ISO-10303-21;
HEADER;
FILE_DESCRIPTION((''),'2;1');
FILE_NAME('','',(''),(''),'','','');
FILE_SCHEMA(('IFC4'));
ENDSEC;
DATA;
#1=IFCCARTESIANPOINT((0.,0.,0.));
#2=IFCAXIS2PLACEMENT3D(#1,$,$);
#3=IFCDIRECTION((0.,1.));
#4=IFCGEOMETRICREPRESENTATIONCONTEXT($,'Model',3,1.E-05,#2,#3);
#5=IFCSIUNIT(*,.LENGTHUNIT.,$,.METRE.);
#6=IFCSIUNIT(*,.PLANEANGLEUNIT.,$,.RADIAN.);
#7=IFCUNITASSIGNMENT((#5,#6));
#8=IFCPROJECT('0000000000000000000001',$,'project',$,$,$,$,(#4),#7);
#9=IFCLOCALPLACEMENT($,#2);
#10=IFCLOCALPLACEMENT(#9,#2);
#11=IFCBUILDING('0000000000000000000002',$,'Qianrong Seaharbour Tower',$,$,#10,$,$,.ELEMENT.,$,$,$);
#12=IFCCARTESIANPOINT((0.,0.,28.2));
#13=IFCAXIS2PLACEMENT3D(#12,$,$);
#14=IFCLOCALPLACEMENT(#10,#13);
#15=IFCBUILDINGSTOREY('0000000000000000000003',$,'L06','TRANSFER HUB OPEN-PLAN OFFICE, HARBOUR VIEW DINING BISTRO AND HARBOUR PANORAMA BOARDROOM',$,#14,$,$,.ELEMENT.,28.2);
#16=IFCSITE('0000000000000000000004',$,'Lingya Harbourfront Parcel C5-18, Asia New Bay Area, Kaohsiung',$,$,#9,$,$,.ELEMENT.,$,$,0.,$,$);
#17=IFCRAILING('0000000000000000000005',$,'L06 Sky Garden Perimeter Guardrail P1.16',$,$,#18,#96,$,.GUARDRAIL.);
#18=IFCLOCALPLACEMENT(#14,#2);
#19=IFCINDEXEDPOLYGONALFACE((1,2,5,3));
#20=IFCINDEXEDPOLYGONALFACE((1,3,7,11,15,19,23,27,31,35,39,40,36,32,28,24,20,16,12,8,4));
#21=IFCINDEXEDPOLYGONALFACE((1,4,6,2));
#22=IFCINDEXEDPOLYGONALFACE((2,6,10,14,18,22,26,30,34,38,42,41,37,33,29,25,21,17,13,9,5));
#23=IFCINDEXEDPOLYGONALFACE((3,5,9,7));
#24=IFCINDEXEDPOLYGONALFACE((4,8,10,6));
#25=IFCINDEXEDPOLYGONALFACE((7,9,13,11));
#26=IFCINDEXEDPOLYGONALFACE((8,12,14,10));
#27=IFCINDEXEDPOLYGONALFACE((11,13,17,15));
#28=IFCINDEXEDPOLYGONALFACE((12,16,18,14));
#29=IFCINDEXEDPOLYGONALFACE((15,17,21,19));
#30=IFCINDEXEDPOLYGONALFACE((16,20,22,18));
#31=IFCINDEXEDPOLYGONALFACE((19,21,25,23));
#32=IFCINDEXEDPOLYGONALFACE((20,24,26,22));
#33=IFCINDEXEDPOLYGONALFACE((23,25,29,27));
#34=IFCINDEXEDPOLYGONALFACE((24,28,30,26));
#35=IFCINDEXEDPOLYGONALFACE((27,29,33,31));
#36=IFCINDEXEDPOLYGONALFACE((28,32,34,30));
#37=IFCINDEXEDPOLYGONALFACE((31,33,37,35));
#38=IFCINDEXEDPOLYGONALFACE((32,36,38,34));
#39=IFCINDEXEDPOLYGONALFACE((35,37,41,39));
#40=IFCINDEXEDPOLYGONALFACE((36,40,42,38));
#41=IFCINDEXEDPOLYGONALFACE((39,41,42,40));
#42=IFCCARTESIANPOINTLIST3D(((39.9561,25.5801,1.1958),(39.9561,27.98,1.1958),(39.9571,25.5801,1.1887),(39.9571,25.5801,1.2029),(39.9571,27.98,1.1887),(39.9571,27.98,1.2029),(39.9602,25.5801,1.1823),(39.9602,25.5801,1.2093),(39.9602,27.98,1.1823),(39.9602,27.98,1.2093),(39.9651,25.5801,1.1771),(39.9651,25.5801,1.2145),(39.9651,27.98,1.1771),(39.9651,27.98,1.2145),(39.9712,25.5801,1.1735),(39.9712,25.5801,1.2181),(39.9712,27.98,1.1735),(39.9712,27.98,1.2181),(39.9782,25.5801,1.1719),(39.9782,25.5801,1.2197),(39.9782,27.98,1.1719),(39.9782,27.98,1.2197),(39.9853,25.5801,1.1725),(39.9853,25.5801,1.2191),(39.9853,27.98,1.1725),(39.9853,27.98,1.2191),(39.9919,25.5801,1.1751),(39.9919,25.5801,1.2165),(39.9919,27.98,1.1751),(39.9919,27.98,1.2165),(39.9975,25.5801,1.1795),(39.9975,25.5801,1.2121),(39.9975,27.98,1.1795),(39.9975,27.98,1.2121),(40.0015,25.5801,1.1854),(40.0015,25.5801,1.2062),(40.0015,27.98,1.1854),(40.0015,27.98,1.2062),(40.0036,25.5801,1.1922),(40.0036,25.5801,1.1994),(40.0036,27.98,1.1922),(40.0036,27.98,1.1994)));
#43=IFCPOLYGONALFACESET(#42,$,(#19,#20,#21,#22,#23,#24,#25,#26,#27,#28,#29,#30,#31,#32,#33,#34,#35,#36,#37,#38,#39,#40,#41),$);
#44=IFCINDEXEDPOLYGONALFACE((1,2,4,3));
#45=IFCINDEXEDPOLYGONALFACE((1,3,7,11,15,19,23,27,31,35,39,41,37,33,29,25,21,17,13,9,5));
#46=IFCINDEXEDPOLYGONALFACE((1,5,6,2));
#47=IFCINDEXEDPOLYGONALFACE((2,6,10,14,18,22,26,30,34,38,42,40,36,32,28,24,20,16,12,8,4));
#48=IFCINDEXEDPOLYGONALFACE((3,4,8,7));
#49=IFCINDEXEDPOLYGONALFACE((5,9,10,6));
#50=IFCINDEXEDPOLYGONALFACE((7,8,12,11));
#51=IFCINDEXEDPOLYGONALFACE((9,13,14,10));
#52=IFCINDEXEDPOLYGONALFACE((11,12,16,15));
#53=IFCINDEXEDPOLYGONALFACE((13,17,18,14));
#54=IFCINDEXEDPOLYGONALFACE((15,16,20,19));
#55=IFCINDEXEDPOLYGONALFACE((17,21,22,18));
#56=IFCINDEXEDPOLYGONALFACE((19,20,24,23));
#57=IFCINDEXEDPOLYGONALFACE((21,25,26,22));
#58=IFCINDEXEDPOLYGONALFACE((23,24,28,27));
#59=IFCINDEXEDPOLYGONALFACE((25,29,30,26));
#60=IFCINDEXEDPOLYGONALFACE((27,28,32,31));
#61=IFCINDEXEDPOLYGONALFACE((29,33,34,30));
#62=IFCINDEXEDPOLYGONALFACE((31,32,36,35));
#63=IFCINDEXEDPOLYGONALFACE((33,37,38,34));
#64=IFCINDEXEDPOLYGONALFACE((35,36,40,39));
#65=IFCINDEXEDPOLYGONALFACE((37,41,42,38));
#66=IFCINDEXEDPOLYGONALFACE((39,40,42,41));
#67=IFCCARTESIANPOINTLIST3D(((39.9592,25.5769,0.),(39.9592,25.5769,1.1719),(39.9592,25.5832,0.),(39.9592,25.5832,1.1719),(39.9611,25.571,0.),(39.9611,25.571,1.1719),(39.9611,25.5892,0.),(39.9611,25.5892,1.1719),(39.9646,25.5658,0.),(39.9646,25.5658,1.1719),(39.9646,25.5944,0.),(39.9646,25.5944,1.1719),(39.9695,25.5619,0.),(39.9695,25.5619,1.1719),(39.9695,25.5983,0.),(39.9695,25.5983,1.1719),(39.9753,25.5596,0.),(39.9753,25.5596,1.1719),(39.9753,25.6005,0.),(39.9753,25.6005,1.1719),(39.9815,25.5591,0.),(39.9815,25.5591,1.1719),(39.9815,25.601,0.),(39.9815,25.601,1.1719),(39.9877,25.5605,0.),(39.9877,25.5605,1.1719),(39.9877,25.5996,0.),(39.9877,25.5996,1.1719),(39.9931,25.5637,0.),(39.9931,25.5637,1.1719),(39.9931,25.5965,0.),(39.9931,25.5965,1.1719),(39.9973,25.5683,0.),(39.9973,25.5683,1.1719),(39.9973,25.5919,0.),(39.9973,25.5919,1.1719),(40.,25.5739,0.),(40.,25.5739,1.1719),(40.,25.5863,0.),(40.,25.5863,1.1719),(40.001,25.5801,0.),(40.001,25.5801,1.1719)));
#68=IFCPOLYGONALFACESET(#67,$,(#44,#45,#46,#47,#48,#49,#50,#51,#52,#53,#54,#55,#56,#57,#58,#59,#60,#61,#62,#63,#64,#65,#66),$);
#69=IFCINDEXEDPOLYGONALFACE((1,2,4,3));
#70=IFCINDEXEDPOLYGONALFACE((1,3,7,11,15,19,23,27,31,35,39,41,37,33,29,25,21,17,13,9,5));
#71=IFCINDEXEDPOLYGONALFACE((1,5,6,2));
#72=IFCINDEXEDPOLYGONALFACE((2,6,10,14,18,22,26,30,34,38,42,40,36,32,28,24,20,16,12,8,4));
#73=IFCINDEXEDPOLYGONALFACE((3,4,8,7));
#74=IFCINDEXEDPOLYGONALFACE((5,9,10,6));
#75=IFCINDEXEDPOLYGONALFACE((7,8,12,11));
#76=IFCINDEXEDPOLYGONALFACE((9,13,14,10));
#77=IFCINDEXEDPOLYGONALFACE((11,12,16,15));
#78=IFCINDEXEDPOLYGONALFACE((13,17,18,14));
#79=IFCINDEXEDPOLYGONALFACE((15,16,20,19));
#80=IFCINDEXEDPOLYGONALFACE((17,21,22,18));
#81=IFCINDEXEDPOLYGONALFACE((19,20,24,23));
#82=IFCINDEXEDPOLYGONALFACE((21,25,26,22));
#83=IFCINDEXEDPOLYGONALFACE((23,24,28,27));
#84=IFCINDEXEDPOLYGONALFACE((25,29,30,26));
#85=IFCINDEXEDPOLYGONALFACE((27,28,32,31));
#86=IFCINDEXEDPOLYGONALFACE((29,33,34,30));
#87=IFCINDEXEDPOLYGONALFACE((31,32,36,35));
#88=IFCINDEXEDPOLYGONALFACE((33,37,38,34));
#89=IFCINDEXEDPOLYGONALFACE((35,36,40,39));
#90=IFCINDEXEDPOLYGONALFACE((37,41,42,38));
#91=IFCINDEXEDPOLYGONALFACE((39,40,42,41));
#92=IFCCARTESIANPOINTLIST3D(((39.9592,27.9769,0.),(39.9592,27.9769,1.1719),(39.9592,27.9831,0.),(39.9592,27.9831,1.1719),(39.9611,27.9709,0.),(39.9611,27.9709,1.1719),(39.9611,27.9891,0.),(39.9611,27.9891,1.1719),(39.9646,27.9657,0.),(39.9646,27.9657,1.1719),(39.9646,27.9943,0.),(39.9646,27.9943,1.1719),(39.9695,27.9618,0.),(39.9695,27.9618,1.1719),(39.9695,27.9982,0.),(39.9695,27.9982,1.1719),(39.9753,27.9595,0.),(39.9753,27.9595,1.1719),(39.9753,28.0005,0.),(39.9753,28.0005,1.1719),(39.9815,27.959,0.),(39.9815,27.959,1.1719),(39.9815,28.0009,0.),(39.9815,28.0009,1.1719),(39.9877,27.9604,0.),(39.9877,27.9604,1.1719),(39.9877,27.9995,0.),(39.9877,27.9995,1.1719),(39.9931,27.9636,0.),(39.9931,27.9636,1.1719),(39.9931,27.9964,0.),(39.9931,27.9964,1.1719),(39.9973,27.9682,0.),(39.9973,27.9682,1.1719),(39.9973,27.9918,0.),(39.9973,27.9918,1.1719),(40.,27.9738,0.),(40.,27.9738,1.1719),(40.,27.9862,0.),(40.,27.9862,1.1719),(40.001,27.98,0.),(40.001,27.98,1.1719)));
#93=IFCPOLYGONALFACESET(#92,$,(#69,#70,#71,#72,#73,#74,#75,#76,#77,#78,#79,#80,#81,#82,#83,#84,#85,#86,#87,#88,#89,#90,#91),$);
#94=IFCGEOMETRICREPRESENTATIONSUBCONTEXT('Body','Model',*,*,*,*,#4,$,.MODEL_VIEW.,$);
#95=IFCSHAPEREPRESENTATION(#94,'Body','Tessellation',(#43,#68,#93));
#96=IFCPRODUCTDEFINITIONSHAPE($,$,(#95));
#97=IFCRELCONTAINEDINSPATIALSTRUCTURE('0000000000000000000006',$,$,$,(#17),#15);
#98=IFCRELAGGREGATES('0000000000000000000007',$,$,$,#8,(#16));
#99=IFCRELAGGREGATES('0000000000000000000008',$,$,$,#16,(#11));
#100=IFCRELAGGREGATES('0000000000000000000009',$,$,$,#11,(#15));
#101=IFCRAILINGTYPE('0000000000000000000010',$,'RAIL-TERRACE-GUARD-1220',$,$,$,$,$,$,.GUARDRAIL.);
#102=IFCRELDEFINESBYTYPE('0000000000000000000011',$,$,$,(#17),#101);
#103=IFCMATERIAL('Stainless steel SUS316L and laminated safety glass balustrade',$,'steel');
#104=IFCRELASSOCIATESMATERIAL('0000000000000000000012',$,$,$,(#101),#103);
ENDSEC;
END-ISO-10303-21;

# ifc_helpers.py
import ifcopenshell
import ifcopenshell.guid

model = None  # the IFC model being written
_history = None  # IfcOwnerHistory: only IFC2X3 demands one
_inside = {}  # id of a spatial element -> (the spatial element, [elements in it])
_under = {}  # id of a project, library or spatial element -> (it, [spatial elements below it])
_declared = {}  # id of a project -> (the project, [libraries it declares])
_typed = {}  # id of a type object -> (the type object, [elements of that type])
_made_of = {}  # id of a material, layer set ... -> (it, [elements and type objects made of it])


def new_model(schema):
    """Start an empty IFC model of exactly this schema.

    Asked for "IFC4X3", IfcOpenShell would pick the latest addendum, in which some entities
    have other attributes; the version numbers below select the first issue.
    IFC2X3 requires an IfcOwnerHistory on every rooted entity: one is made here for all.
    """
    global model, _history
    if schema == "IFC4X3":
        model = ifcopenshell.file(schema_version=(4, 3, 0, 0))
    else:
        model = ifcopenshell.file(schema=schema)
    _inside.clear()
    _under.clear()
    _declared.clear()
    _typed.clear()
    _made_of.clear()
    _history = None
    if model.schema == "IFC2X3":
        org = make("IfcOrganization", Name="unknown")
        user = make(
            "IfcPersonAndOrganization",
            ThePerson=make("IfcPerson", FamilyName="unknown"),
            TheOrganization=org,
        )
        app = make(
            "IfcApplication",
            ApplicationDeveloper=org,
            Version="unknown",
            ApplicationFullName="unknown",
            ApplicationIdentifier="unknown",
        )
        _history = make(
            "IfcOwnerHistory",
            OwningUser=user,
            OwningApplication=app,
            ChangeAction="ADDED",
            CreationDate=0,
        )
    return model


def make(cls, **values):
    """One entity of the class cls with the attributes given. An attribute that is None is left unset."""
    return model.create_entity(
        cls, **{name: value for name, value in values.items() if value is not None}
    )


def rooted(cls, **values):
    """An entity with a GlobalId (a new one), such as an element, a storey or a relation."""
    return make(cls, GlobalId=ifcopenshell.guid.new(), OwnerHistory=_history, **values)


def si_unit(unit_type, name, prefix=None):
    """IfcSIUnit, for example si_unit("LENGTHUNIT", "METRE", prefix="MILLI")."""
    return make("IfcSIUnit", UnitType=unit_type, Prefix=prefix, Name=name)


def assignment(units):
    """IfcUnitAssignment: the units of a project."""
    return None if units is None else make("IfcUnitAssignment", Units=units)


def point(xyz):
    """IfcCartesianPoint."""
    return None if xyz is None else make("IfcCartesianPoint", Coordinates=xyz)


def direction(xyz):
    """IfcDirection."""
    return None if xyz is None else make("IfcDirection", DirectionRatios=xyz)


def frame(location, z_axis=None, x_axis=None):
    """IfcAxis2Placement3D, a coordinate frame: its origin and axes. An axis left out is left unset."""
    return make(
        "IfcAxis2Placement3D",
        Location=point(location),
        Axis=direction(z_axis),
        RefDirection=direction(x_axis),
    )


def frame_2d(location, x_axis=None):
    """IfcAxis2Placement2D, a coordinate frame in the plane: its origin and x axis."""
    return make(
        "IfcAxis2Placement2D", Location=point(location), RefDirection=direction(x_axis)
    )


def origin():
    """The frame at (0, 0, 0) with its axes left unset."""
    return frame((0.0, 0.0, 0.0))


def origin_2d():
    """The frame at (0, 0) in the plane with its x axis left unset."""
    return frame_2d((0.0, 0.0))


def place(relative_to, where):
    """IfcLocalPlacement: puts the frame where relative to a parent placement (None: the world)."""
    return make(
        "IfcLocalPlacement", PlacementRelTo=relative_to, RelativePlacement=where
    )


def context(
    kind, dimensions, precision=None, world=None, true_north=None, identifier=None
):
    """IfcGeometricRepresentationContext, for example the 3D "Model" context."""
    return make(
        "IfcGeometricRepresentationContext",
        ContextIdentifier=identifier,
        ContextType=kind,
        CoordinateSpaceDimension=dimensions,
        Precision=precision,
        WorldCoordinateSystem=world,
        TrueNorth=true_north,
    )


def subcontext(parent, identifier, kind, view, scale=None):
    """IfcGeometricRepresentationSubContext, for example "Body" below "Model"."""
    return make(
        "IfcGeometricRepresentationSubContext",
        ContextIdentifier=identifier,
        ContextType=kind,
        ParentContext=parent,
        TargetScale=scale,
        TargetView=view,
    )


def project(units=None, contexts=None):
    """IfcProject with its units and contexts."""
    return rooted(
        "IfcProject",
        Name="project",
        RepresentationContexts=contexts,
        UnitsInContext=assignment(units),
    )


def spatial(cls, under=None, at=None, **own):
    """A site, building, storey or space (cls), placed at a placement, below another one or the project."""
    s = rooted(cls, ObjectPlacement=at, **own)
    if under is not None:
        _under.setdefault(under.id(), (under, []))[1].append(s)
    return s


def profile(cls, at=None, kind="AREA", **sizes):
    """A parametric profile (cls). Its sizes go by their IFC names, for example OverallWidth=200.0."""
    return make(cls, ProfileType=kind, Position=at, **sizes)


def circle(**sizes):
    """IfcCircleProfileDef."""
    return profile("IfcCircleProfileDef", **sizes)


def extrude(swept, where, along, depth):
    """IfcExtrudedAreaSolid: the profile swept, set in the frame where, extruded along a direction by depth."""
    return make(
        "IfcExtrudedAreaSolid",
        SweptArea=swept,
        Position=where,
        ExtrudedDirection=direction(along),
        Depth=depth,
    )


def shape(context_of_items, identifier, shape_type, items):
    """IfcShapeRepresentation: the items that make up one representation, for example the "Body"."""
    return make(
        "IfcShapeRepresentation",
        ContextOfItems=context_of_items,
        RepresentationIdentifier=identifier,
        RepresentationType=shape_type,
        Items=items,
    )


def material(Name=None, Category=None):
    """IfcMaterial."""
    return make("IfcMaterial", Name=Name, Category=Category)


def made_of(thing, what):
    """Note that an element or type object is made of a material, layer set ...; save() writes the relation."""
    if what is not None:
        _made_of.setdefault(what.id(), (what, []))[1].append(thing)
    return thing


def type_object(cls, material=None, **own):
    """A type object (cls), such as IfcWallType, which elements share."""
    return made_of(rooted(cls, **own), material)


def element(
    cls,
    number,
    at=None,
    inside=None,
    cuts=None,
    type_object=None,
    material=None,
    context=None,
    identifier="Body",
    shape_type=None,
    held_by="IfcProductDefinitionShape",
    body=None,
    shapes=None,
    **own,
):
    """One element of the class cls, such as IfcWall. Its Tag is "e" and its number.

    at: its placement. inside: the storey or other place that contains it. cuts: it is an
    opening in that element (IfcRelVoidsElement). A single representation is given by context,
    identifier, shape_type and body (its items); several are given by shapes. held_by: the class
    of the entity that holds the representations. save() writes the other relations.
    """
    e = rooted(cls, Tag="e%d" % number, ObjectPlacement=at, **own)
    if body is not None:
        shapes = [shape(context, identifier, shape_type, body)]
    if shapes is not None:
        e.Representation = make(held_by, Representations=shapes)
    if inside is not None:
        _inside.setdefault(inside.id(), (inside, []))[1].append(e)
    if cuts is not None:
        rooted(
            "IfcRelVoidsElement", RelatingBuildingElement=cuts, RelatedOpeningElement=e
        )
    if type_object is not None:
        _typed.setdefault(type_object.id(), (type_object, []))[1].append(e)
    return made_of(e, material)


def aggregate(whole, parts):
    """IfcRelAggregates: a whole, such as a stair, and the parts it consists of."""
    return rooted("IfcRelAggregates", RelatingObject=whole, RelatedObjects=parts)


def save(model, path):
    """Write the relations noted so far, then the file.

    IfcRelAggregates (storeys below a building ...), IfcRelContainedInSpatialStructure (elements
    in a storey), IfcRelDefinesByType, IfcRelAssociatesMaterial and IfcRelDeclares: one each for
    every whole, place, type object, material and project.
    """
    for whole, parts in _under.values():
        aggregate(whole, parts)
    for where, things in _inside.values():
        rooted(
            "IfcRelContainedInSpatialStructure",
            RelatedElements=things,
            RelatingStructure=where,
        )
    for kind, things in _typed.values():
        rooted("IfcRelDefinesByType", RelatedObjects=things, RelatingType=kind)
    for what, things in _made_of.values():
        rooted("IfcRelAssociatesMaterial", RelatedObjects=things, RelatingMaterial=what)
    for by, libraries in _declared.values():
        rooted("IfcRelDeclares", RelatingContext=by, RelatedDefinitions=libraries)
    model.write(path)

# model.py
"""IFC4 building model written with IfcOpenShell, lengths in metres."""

from ifc_helpers import new_model, si_unit, direction, frame, origin, origin_2d, place, context, subcontext, project, spatial, circle, extrude, material, type_object, element, save


model = new_model("IFC4")

# Units and contexts
model_context = context("Model", 3, precision=1e-05, world=origin(), true_north=direction((0.0, 1.0)))
body_context = subcontext(model_context, "Body", "Model", "MODEL_VIEW")
ifc_project = project(units=[si_unit("LENGTHUNIT", "METRE"), si_unit("PLANEANGLEUNIT", "RADIAN")], contexts=[model_context])

# Site, building, storey
site_placement = place(None, origin())
site = spatial("IfcSite", under=ifc_project, at=site_placement, Name="Lingya Harbourfront Parcel C5-18, Asia New Bay Area, Kaohsiung", CompositionType="ELEMENT", RefElevation=0.0)
building_placement = place(site_placement, origin())
building = spatial("IfcBuilding", under=site, at=building_placement, Name="Qianrong Seaharbour Tower", CompositionType="ELEMENT")
storey_placement = place(building_placement, frame((0.0, 0.0, 28.2)))
storey = spatial("IfcBuildingStorey", under=building, at=storey_placement, Name="L06", Description="TRANSFER HUB OPEN-PLAN OFFICE, HARBOUR VIEW DINING BISTRO AND HARBOUR PANORAMA BOARDROOM", CompositionType="ELEMENT", Elevation=28.2)

# Railing
ifc_material_1 = material(Name="Stainless steel SUS316L and laminated safety glass balustrade", Category="steel")
railing_type = type_object("IfcRailingType", Name="RAIL-TERRACE-GUARD-1220", PredefinedType="GUARDRAIL", material=ifc_material_1)
railing_placement = place(storey_placement, frame((39.98, 25.5801, 0.0)))
element("IfcRailing", 1, at=railing_placement, inside=storey, type_object=railing_type, Name="L06 Sky Garden Perimeter Guardrail P1.16", PredefinedType="GUARDRAIL", context=body_context, shape_type="SweptSolid", body=[
    extrude(circle(Radius=0.0239, at=origin_2d()), frame((0.0, 0.0, 1.1958), z_axis=(0.0, 1.0, 0.0), x_axis=(-1.0, 0.0, 0.0)), (0.0, 0.0, 1.0), 2.3999),
    extrude(circle(Radius=0.021, at=origin_2d()), origin(), (0.0, 0.0, 1.0), 1.1719),
    extrude(circle(Radius=0.021, at=origin_2d()), frame((0.0, 2.3999, 0.0)), (0.0, 0.0, 1.0), 1.1719),
])

save(model, "model.ifc")
